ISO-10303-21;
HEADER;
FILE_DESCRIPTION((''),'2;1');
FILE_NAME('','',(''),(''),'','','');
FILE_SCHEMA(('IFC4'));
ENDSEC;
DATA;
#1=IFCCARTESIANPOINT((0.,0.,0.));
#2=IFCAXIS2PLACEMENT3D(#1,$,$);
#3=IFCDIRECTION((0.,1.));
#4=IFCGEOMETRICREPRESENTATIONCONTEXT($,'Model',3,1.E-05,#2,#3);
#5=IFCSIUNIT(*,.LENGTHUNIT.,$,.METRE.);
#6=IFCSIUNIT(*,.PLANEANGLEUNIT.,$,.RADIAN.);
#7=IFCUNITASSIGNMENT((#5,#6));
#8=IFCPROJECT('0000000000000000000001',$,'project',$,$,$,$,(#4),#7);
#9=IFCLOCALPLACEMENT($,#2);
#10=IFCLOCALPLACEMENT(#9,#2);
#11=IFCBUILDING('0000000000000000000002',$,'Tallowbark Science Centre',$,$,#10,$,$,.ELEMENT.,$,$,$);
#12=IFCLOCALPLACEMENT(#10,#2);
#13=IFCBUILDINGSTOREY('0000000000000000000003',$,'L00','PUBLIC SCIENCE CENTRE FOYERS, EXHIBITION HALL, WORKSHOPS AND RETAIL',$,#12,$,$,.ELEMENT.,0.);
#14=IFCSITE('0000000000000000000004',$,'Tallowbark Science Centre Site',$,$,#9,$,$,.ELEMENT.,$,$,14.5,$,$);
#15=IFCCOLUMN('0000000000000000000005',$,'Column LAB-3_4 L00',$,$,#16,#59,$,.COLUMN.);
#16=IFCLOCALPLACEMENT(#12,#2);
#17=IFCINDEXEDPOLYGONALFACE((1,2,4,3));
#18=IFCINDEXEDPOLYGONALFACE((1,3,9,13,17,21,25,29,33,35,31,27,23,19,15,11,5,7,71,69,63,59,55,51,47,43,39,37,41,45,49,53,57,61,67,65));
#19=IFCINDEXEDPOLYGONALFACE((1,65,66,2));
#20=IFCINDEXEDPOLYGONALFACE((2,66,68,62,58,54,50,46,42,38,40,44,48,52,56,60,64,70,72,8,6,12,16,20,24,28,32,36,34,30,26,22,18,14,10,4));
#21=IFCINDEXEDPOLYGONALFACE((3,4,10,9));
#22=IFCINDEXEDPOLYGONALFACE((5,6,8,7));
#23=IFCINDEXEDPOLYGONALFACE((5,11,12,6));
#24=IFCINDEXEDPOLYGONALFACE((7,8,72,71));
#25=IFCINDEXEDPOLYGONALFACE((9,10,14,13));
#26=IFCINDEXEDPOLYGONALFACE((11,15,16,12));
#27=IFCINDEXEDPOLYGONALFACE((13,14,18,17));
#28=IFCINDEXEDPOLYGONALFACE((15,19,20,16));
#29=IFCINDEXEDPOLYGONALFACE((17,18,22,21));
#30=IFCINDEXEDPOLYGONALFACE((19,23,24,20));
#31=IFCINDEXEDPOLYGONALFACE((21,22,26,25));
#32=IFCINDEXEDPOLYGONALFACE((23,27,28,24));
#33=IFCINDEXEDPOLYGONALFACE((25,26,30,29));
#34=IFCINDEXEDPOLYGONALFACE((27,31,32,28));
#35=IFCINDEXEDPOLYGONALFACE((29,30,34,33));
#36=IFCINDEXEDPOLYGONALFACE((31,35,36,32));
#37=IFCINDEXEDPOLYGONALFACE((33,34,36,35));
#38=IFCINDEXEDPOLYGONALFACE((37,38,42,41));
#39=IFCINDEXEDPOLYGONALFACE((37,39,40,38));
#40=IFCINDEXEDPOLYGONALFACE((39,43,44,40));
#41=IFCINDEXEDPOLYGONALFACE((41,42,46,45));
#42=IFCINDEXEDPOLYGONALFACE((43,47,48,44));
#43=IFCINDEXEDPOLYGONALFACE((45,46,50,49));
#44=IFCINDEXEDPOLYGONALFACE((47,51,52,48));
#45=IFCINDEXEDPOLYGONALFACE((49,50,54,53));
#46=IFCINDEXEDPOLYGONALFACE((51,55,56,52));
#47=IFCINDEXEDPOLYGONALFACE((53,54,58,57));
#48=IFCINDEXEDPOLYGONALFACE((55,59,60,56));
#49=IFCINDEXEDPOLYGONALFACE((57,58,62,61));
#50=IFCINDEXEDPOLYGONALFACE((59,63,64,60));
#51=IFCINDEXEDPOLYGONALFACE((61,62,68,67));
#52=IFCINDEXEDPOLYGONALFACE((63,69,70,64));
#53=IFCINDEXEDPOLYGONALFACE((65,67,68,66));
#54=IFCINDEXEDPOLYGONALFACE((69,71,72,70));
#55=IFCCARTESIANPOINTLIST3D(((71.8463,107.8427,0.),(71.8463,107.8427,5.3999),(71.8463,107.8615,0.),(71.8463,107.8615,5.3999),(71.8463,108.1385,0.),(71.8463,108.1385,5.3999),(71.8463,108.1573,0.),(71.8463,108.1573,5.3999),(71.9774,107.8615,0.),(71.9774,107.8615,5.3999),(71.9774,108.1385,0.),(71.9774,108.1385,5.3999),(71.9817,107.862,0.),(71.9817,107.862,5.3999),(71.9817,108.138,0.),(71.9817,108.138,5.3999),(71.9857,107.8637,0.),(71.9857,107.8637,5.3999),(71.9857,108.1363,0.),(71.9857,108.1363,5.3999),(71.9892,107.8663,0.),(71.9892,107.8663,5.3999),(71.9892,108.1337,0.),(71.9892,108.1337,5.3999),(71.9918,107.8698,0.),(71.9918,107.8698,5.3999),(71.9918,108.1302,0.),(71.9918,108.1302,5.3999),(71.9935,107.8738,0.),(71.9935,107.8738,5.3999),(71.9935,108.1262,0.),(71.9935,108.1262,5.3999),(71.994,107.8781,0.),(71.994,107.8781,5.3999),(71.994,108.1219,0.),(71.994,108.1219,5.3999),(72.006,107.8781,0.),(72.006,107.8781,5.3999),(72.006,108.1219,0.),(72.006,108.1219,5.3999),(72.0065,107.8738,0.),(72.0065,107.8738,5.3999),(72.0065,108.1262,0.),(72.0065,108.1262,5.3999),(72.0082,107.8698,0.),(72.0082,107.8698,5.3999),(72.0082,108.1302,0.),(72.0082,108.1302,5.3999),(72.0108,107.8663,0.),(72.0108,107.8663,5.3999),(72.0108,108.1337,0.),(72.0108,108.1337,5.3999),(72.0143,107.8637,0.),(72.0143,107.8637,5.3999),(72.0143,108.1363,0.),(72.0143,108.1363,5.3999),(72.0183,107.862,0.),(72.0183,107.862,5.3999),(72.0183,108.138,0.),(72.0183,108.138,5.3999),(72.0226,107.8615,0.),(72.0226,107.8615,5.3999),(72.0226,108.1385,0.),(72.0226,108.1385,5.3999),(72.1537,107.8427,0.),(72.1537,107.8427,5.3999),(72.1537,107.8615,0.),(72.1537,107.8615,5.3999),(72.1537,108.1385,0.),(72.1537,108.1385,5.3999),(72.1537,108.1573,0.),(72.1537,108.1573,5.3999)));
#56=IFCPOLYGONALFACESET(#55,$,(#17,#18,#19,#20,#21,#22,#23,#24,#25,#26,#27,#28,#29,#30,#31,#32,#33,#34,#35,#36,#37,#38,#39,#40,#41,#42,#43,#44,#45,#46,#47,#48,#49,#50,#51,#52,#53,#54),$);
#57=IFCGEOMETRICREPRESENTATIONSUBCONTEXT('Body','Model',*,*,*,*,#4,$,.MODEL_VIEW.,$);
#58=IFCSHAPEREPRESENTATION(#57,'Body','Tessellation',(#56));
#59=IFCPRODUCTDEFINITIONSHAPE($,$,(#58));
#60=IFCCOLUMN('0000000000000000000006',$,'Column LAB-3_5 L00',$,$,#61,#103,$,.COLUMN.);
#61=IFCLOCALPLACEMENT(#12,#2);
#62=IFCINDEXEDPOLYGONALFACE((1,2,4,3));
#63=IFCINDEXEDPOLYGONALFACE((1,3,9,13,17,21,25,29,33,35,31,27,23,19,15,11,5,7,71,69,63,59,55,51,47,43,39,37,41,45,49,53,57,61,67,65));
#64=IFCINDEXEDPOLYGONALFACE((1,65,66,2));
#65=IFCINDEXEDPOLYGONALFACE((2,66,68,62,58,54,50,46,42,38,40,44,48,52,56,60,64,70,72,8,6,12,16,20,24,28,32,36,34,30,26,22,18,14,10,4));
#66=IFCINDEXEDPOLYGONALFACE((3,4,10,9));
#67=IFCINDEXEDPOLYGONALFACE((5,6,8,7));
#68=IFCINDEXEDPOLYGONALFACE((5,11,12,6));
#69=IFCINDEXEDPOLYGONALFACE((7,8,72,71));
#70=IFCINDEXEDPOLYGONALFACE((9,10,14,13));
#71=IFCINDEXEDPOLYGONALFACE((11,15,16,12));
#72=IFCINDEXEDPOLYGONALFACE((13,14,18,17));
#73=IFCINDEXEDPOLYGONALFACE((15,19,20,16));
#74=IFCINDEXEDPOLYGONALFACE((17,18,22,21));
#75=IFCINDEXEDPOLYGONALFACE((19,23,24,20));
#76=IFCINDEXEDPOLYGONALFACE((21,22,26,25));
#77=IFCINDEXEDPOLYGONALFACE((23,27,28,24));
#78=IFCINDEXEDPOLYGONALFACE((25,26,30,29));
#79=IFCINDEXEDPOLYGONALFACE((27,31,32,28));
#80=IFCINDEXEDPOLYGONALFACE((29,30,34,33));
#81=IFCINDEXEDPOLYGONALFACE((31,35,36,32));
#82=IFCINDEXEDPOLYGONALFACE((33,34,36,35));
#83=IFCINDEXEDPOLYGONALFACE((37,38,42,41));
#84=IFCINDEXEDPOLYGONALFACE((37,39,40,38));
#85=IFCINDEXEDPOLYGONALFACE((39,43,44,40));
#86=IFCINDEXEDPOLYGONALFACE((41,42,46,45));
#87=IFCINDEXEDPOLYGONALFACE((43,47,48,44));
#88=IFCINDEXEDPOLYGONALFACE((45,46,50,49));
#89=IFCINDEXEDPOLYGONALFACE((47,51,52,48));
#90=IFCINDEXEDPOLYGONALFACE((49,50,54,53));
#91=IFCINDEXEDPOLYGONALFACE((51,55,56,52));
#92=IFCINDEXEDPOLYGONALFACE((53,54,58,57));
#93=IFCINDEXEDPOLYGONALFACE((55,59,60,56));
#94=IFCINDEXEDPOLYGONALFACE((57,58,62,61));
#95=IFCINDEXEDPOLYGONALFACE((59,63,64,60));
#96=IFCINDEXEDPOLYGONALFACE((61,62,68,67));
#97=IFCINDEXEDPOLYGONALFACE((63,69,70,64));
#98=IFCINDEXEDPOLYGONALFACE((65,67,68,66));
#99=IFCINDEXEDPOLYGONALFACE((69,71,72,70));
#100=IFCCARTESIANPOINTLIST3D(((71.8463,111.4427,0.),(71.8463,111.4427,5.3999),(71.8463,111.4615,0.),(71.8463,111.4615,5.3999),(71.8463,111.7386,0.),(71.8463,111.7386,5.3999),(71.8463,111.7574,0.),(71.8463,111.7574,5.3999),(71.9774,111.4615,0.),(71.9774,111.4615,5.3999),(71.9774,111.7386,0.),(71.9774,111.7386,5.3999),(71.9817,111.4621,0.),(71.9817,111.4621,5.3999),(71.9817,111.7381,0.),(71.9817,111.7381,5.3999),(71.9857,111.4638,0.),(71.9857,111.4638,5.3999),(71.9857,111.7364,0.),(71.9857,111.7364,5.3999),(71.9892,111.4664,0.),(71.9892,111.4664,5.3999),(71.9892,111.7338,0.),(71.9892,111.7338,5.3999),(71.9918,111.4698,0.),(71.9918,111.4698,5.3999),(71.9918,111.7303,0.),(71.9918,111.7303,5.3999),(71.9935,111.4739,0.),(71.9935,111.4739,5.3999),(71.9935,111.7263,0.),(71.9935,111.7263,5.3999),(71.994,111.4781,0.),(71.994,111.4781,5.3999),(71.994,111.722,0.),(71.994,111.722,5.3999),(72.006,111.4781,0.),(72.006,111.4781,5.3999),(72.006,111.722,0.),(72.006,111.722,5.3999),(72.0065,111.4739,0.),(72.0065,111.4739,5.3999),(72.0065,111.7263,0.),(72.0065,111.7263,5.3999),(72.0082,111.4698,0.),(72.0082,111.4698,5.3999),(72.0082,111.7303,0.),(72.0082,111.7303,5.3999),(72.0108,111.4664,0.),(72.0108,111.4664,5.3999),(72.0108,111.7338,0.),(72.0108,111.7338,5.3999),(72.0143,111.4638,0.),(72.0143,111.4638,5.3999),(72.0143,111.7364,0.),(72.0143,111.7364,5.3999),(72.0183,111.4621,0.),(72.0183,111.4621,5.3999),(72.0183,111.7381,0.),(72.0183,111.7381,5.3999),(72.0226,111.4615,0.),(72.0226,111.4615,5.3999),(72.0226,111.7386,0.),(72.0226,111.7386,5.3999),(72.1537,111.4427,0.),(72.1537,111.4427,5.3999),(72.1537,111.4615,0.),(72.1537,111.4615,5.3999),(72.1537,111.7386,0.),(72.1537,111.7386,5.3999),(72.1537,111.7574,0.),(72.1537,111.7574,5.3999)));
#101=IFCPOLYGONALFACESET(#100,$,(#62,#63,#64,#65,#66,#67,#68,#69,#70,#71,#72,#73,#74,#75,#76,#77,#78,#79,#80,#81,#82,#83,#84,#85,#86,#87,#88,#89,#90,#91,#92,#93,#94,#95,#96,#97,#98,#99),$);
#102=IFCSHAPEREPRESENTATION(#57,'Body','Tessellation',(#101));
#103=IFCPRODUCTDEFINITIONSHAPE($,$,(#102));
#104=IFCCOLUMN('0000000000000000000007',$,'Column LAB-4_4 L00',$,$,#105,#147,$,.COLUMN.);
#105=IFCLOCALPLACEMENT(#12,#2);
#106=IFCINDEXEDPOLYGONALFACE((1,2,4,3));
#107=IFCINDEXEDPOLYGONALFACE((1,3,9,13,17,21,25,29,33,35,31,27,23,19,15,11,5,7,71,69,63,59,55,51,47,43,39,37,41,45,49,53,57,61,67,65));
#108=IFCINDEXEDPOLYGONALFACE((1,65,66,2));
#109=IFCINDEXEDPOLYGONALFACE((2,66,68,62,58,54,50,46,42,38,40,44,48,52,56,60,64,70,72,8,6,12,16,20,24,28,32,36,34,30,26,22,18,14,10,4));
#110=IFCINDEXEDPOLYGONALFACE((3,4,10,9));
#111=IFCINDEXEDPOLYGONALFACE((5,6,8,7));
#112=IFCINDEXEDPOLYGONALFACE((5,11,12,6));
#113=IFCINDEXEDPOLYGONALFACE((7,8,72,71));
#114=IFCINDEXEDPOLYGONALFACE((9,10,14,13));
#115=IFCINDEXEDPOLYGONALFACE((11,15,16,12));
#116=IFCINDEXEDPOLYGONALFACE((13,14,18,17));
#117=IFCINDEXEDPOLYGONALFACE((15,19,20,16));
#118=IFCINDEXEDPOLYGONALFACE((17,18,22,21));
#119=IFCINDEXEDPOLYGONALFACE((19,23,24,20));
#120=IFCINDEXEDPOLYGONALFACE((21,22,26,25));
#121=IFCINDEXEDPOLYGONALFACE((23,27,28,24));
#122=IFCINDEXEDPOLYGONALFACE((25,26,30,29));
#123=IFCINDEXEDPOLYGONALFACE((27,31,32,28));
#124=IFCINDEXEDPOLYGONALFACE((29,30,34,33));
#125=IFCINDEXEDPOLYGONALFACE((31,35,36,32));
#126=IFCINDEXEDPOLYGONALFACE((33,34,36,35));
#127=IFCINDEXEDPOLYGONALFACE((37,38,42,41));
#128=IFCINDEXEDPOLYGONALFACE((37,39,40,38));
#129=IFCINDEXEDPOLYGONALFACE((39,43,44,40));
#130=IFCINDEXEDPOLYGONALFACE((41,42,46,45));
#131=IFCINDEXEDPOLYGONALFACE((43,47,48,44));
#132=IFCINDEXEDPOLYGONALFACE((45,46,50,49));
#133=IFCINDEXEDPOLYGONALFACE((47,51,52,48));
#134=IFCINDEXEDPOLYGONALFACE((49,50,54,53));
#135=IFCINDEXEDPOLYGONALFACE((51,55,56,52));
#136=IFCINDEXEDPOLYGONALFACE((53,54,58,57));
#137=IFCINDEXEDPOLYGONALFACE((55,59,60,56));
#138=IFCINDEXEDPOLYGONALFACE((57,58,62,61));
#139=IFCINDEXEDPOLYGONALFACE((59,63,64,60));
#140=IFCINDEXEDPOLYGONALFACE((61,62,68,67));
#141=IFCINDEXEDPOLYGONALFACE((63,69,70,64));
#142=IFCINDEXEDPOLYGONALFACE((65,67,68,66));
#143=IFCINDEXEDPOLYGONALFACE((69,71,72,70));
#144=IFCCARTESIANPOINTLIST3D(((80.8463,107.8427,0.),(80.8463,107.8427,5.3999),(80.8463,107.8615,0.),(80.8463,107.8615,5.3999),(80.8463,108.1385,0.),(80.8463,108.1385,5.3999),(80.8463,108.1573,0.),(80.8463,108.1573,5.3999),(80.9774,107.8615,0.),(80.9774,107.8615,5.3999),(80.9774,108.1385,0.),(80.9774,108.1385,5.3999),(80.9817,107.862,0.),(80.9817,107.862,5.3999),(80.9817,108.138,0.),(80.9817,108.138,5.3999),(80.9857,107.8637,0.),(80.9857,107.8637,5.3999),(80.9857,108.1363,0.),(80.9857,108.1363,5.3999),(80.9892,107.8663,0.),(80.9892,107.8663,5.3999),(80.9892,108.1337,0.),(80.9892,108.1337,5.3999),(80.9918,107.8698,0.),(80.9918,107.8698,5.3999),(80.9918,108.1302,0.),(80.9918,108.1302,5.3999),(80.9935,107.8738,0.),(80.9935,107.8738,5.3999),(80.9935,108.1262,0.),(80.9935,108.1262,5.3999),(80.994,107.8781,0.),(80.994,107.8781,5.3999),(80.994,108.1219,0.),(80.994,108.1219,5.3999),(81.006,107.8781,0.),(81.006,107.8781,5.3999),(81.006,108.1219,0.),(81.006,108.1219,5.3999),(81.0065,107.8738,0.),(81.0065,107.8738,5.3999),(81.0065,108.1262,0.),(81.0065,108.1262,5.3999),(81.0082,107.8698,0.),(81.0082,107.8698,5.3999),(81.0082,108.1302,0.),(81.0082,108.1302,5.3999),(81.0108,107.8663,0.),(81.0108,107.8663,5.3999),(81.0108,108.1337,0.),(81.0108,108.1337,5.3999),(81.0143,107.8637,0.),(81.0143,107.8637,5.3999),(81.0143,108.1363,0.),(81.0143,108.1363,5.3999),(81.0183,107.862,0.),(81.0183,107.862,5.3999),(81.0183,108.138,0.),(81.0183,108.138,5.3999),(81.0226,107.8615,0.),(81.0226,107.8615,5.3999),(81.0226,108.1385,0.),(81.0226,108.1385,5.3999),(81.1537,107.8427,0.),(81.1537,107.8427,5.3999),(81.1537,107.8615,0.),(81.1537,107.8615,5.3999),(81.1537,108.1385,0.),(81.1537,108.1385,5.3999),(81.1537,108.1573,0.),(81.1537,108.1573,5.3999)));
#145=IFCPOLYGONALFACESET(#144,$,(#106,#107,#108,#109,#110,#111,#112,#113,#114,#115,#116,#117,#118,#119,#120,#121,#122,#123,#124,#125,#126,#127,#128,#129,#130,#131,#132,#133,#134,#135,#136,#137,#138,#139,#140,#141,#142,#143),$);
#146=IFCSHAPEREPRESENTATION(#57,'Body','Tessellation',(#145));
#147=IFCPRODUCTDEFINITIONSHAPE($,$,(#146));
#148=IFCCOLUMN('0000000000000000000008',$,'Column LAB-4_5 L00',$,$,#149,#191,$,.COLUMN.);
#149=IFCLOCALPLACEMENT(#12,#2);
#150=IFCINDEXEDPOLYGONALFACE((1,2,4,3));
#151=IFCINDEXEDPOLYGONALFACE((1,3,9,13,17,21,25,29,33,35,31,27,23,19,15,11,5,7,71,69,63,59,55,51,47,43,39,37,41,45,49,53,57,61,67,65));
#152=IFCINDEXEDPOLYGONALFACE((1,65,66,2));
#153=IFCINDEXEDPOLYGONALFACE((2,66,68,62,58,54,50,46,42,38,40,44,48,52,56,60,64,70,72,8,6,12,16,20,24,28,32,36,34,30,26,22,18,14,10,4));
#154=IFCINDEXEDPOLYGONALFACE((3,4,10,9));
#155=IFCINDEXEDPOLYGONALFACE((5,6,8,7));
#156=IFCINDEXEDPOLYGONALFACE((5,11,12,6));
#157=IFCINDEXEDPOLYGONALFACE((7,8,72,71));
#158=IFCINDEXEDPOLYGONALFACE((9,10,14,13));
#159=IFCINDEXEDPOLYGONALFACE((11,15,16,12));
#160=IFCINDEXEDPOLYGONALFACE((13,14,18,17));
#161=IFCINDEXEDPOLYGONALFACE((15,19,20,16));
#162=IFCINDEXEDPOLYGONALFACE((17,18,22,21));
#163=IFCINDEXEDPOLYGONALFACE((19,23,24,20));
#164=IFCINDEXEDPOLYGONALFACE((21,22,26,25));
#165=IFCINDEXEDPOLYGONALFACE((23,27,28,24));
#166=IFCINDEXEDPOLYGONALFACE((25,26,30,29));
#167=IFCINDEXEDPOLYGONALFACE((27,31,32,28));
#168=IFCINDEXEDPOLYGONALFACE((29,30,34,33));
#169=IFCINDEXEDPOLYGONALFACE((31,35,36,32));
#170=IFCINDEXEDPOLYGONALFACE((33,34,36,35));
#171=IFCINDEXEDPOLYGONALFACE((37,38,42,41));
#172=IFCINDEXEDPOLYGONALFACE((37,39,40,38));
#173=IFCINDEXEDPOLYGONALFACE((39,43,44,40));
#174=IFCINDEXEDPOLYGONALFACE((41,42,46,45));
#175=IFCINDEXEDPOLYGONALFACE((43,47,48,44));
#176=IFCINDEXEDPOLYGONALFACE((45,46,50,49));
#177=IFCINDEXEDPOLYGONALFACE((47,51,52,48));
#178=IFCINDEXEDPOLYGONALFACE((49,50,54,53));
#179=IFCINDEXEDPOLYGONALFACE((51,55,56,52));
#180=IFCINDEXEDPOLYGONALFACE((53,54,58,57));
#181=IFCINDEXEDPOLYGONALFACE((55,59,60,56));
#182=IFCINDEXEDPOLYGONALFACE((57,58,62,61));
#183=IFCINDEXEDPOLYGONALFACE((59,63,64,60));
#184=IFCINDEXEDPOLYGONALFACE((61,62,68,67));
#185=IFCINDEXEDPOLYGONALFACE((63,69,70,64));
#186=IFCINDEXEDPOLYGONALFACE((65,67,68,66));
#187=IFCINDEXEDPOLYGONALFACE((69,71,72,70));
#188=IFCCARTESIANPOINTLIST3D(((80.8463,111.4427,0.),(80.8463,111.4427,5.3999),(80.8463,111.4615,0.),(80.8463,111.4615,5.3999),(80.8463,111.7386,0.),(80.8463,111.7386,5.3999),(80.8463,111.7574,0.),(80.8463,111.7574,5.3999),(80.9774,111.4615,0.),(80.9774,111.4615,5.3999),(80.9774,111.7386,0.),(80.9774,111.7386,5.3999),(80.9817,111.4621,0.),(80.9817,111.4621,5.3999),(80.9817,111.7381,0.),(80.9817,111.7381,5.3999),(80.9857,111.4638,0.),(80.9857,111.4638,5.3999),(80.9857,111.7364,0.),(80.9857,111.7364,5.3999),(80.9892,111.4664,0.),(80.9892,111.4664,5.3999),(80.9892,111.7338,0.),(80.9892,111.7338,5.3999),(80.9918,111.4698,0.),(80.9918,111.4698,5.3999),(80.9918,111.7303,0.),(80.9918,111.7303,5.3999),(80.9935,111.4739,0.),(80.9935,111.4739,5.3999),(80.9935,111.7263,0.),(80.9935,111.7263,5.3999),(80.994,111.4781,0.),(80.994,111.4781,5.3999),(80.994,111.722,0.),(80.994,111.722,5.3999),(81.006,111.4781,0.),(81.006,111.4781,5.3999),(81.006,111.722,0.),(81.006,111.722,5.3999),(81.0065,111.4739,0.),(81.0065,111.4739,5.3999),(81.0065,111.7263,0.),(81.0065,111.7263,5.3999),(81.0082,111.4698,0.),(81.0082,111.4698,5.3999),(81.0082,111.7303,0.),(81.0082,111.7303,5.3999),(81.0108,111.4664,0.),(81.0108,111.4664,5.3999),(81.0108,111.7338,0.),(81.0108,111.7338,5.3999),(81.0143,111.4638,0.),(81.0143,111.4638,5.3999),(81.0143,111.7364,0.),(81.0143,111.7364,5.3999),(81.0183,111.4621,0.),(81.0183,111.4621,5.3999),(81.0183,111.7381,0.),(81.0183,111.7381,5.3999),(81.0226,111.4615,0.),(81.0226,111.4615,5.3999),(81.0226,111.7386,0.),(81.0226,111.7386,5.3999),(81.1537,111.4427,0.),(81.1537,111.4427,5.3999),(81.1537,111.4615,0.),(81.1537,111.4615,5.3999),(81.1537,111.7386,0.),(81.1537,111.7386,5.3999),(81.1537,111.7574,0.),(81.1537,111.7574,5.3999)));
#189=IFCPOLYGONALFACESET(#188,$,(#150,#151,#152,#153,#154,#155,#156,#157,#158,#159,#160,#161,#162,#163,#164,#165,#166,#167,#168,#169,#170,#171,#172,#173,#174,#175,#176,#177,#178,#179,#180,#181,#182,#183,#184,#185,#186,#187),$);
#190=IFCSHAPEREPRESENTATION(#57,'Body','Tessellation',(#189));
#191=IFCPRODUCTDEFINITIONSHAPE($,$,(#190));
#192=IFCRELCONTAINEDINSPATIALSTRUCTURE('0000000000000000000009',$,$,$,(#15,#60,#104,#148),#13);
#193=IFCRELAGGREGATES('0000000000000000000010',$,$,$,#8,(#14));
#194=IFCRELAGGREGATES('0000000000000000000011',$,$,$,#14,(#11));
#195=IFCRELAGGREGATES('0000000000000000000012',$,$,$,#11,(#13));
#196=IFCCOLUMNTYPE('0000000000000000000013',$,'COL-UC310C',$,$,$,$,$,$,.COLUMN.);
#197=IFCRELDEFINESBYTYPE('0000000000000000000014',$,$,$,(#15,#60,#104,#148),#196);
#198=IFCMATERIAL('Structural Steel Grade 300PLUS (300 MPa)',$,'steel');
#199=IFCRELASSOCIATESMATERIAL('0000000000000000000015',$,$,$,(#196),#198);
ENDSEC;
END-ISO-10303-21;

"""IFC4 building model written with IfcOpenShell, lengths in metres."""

from ifc_helpers import new_model, si_unit, direction, frame, origin, origin_2d, place, context, subcontext, project, spatial, i_section, extrude, material, material_profile, profile_set, type_object, element, save


model = new_model("IFC4")

# Units and contexts
model_context = context("Model", 3, precision=1e-05, world=origin(), true_north=direction((0.0, 1.0)))
body_context = subcontext(model_context, "Body", "Model", "MODEL_VIEW")
ifc_project = project(units=[si_unit("LENGTHUNIT", "METRE"), si_unit("PLANEANGLEUNIT", "RADIAN")], contexts=[model_context])

# Site, building, storey
site_placement = place(None, origin())
site = spatial("IfcSite", under=ifc_project, at=site_placement, Name="Tallowbark Science Centre Site", CompositionType="ELEMENT", RefElevation=14.5)
building_placement = place(site_placement, origin())
building = spatial("IfcBuilding", under=site, at=building_placement, Name="Tallowbark Science Centre", CompositionType="ELEMENT")
storey_placement = place(building_placement, origin())
storey = spatial("IfcBuildingStorey", under=building, at=storey_placement, Name="L00", Description="PUBLIC SCIENCE CENTRE FOYERS, EXHIBITION HALL, WORKSHOPS AND RETAIL", CompositionType="ELEMENT", Elevation=0.0)

# Columns
ifc_material_1 = material(Name="Structural Steel Grade 300PLUS (300 MPa)", Category="steel")
ifc_material_profile_1 = material_profile(ifc_material_1, i_section(OverallWidth=0.3074, OverallDepth=0.3147, WebThickness=0.012, FlangeThickness=0.0188, FilletRadius=0.0166, at=origin_2d()), Name="310UC118")
ifc_profile_set_1 = profile_set([ifc_material_profile_1], Name="Structural Steel Grade 300PLUS (300 MPa)")
column_type = type_object("IfcColumnType", Name="COL-UC310C", PredefinedType="COLUMN", material=ifc_profile_set_1)
for number, where, z_axis, x_axis, name in (
    (1, (72.0, 108.0, 0.0), (0.0, 0.0, 1.0), (1.0, 0.0, 0.0), "Column LAB-3_4 L00"),
    (2, (72.0, 111.6001, 0.0), (0.0, 0.0, 1.0), (1.0, 0.0, 0.0), "Column LAB-3_5 L00"),
    (3, (81.0, 108.0, 0.0), (0.0, 0.0, 1.0), (1.0, 0.0, 0.0), "Column LAB-4_4 L00"),
    (4, (81.0, 111.6001, 0.0), (0.0, 0.0, 1.0), (1.0, 0.0, 0.0), "Column LAB-4_5 L00"),
):
    element("IfcColumn", number, at=place(storey_placement, frame(where, z_axis=z_axis, x_axis=x_axis)), inside=storey, type_object=column_type, Name=name, PredefinedType="COLUMN", context=body_context, shape_type="SweptSolid", body=[
        extrude(i_section(OverallWidth=0.3074, OverallDepth=0.3147, WebThickness=0.012, FlangeThickness=0.0188, FilletRadius=0.0166, at=origin_2d()), origin(), (0.0, 0.0, 1.0), 5.3999),
    ])

save(model, "model.ifc")
